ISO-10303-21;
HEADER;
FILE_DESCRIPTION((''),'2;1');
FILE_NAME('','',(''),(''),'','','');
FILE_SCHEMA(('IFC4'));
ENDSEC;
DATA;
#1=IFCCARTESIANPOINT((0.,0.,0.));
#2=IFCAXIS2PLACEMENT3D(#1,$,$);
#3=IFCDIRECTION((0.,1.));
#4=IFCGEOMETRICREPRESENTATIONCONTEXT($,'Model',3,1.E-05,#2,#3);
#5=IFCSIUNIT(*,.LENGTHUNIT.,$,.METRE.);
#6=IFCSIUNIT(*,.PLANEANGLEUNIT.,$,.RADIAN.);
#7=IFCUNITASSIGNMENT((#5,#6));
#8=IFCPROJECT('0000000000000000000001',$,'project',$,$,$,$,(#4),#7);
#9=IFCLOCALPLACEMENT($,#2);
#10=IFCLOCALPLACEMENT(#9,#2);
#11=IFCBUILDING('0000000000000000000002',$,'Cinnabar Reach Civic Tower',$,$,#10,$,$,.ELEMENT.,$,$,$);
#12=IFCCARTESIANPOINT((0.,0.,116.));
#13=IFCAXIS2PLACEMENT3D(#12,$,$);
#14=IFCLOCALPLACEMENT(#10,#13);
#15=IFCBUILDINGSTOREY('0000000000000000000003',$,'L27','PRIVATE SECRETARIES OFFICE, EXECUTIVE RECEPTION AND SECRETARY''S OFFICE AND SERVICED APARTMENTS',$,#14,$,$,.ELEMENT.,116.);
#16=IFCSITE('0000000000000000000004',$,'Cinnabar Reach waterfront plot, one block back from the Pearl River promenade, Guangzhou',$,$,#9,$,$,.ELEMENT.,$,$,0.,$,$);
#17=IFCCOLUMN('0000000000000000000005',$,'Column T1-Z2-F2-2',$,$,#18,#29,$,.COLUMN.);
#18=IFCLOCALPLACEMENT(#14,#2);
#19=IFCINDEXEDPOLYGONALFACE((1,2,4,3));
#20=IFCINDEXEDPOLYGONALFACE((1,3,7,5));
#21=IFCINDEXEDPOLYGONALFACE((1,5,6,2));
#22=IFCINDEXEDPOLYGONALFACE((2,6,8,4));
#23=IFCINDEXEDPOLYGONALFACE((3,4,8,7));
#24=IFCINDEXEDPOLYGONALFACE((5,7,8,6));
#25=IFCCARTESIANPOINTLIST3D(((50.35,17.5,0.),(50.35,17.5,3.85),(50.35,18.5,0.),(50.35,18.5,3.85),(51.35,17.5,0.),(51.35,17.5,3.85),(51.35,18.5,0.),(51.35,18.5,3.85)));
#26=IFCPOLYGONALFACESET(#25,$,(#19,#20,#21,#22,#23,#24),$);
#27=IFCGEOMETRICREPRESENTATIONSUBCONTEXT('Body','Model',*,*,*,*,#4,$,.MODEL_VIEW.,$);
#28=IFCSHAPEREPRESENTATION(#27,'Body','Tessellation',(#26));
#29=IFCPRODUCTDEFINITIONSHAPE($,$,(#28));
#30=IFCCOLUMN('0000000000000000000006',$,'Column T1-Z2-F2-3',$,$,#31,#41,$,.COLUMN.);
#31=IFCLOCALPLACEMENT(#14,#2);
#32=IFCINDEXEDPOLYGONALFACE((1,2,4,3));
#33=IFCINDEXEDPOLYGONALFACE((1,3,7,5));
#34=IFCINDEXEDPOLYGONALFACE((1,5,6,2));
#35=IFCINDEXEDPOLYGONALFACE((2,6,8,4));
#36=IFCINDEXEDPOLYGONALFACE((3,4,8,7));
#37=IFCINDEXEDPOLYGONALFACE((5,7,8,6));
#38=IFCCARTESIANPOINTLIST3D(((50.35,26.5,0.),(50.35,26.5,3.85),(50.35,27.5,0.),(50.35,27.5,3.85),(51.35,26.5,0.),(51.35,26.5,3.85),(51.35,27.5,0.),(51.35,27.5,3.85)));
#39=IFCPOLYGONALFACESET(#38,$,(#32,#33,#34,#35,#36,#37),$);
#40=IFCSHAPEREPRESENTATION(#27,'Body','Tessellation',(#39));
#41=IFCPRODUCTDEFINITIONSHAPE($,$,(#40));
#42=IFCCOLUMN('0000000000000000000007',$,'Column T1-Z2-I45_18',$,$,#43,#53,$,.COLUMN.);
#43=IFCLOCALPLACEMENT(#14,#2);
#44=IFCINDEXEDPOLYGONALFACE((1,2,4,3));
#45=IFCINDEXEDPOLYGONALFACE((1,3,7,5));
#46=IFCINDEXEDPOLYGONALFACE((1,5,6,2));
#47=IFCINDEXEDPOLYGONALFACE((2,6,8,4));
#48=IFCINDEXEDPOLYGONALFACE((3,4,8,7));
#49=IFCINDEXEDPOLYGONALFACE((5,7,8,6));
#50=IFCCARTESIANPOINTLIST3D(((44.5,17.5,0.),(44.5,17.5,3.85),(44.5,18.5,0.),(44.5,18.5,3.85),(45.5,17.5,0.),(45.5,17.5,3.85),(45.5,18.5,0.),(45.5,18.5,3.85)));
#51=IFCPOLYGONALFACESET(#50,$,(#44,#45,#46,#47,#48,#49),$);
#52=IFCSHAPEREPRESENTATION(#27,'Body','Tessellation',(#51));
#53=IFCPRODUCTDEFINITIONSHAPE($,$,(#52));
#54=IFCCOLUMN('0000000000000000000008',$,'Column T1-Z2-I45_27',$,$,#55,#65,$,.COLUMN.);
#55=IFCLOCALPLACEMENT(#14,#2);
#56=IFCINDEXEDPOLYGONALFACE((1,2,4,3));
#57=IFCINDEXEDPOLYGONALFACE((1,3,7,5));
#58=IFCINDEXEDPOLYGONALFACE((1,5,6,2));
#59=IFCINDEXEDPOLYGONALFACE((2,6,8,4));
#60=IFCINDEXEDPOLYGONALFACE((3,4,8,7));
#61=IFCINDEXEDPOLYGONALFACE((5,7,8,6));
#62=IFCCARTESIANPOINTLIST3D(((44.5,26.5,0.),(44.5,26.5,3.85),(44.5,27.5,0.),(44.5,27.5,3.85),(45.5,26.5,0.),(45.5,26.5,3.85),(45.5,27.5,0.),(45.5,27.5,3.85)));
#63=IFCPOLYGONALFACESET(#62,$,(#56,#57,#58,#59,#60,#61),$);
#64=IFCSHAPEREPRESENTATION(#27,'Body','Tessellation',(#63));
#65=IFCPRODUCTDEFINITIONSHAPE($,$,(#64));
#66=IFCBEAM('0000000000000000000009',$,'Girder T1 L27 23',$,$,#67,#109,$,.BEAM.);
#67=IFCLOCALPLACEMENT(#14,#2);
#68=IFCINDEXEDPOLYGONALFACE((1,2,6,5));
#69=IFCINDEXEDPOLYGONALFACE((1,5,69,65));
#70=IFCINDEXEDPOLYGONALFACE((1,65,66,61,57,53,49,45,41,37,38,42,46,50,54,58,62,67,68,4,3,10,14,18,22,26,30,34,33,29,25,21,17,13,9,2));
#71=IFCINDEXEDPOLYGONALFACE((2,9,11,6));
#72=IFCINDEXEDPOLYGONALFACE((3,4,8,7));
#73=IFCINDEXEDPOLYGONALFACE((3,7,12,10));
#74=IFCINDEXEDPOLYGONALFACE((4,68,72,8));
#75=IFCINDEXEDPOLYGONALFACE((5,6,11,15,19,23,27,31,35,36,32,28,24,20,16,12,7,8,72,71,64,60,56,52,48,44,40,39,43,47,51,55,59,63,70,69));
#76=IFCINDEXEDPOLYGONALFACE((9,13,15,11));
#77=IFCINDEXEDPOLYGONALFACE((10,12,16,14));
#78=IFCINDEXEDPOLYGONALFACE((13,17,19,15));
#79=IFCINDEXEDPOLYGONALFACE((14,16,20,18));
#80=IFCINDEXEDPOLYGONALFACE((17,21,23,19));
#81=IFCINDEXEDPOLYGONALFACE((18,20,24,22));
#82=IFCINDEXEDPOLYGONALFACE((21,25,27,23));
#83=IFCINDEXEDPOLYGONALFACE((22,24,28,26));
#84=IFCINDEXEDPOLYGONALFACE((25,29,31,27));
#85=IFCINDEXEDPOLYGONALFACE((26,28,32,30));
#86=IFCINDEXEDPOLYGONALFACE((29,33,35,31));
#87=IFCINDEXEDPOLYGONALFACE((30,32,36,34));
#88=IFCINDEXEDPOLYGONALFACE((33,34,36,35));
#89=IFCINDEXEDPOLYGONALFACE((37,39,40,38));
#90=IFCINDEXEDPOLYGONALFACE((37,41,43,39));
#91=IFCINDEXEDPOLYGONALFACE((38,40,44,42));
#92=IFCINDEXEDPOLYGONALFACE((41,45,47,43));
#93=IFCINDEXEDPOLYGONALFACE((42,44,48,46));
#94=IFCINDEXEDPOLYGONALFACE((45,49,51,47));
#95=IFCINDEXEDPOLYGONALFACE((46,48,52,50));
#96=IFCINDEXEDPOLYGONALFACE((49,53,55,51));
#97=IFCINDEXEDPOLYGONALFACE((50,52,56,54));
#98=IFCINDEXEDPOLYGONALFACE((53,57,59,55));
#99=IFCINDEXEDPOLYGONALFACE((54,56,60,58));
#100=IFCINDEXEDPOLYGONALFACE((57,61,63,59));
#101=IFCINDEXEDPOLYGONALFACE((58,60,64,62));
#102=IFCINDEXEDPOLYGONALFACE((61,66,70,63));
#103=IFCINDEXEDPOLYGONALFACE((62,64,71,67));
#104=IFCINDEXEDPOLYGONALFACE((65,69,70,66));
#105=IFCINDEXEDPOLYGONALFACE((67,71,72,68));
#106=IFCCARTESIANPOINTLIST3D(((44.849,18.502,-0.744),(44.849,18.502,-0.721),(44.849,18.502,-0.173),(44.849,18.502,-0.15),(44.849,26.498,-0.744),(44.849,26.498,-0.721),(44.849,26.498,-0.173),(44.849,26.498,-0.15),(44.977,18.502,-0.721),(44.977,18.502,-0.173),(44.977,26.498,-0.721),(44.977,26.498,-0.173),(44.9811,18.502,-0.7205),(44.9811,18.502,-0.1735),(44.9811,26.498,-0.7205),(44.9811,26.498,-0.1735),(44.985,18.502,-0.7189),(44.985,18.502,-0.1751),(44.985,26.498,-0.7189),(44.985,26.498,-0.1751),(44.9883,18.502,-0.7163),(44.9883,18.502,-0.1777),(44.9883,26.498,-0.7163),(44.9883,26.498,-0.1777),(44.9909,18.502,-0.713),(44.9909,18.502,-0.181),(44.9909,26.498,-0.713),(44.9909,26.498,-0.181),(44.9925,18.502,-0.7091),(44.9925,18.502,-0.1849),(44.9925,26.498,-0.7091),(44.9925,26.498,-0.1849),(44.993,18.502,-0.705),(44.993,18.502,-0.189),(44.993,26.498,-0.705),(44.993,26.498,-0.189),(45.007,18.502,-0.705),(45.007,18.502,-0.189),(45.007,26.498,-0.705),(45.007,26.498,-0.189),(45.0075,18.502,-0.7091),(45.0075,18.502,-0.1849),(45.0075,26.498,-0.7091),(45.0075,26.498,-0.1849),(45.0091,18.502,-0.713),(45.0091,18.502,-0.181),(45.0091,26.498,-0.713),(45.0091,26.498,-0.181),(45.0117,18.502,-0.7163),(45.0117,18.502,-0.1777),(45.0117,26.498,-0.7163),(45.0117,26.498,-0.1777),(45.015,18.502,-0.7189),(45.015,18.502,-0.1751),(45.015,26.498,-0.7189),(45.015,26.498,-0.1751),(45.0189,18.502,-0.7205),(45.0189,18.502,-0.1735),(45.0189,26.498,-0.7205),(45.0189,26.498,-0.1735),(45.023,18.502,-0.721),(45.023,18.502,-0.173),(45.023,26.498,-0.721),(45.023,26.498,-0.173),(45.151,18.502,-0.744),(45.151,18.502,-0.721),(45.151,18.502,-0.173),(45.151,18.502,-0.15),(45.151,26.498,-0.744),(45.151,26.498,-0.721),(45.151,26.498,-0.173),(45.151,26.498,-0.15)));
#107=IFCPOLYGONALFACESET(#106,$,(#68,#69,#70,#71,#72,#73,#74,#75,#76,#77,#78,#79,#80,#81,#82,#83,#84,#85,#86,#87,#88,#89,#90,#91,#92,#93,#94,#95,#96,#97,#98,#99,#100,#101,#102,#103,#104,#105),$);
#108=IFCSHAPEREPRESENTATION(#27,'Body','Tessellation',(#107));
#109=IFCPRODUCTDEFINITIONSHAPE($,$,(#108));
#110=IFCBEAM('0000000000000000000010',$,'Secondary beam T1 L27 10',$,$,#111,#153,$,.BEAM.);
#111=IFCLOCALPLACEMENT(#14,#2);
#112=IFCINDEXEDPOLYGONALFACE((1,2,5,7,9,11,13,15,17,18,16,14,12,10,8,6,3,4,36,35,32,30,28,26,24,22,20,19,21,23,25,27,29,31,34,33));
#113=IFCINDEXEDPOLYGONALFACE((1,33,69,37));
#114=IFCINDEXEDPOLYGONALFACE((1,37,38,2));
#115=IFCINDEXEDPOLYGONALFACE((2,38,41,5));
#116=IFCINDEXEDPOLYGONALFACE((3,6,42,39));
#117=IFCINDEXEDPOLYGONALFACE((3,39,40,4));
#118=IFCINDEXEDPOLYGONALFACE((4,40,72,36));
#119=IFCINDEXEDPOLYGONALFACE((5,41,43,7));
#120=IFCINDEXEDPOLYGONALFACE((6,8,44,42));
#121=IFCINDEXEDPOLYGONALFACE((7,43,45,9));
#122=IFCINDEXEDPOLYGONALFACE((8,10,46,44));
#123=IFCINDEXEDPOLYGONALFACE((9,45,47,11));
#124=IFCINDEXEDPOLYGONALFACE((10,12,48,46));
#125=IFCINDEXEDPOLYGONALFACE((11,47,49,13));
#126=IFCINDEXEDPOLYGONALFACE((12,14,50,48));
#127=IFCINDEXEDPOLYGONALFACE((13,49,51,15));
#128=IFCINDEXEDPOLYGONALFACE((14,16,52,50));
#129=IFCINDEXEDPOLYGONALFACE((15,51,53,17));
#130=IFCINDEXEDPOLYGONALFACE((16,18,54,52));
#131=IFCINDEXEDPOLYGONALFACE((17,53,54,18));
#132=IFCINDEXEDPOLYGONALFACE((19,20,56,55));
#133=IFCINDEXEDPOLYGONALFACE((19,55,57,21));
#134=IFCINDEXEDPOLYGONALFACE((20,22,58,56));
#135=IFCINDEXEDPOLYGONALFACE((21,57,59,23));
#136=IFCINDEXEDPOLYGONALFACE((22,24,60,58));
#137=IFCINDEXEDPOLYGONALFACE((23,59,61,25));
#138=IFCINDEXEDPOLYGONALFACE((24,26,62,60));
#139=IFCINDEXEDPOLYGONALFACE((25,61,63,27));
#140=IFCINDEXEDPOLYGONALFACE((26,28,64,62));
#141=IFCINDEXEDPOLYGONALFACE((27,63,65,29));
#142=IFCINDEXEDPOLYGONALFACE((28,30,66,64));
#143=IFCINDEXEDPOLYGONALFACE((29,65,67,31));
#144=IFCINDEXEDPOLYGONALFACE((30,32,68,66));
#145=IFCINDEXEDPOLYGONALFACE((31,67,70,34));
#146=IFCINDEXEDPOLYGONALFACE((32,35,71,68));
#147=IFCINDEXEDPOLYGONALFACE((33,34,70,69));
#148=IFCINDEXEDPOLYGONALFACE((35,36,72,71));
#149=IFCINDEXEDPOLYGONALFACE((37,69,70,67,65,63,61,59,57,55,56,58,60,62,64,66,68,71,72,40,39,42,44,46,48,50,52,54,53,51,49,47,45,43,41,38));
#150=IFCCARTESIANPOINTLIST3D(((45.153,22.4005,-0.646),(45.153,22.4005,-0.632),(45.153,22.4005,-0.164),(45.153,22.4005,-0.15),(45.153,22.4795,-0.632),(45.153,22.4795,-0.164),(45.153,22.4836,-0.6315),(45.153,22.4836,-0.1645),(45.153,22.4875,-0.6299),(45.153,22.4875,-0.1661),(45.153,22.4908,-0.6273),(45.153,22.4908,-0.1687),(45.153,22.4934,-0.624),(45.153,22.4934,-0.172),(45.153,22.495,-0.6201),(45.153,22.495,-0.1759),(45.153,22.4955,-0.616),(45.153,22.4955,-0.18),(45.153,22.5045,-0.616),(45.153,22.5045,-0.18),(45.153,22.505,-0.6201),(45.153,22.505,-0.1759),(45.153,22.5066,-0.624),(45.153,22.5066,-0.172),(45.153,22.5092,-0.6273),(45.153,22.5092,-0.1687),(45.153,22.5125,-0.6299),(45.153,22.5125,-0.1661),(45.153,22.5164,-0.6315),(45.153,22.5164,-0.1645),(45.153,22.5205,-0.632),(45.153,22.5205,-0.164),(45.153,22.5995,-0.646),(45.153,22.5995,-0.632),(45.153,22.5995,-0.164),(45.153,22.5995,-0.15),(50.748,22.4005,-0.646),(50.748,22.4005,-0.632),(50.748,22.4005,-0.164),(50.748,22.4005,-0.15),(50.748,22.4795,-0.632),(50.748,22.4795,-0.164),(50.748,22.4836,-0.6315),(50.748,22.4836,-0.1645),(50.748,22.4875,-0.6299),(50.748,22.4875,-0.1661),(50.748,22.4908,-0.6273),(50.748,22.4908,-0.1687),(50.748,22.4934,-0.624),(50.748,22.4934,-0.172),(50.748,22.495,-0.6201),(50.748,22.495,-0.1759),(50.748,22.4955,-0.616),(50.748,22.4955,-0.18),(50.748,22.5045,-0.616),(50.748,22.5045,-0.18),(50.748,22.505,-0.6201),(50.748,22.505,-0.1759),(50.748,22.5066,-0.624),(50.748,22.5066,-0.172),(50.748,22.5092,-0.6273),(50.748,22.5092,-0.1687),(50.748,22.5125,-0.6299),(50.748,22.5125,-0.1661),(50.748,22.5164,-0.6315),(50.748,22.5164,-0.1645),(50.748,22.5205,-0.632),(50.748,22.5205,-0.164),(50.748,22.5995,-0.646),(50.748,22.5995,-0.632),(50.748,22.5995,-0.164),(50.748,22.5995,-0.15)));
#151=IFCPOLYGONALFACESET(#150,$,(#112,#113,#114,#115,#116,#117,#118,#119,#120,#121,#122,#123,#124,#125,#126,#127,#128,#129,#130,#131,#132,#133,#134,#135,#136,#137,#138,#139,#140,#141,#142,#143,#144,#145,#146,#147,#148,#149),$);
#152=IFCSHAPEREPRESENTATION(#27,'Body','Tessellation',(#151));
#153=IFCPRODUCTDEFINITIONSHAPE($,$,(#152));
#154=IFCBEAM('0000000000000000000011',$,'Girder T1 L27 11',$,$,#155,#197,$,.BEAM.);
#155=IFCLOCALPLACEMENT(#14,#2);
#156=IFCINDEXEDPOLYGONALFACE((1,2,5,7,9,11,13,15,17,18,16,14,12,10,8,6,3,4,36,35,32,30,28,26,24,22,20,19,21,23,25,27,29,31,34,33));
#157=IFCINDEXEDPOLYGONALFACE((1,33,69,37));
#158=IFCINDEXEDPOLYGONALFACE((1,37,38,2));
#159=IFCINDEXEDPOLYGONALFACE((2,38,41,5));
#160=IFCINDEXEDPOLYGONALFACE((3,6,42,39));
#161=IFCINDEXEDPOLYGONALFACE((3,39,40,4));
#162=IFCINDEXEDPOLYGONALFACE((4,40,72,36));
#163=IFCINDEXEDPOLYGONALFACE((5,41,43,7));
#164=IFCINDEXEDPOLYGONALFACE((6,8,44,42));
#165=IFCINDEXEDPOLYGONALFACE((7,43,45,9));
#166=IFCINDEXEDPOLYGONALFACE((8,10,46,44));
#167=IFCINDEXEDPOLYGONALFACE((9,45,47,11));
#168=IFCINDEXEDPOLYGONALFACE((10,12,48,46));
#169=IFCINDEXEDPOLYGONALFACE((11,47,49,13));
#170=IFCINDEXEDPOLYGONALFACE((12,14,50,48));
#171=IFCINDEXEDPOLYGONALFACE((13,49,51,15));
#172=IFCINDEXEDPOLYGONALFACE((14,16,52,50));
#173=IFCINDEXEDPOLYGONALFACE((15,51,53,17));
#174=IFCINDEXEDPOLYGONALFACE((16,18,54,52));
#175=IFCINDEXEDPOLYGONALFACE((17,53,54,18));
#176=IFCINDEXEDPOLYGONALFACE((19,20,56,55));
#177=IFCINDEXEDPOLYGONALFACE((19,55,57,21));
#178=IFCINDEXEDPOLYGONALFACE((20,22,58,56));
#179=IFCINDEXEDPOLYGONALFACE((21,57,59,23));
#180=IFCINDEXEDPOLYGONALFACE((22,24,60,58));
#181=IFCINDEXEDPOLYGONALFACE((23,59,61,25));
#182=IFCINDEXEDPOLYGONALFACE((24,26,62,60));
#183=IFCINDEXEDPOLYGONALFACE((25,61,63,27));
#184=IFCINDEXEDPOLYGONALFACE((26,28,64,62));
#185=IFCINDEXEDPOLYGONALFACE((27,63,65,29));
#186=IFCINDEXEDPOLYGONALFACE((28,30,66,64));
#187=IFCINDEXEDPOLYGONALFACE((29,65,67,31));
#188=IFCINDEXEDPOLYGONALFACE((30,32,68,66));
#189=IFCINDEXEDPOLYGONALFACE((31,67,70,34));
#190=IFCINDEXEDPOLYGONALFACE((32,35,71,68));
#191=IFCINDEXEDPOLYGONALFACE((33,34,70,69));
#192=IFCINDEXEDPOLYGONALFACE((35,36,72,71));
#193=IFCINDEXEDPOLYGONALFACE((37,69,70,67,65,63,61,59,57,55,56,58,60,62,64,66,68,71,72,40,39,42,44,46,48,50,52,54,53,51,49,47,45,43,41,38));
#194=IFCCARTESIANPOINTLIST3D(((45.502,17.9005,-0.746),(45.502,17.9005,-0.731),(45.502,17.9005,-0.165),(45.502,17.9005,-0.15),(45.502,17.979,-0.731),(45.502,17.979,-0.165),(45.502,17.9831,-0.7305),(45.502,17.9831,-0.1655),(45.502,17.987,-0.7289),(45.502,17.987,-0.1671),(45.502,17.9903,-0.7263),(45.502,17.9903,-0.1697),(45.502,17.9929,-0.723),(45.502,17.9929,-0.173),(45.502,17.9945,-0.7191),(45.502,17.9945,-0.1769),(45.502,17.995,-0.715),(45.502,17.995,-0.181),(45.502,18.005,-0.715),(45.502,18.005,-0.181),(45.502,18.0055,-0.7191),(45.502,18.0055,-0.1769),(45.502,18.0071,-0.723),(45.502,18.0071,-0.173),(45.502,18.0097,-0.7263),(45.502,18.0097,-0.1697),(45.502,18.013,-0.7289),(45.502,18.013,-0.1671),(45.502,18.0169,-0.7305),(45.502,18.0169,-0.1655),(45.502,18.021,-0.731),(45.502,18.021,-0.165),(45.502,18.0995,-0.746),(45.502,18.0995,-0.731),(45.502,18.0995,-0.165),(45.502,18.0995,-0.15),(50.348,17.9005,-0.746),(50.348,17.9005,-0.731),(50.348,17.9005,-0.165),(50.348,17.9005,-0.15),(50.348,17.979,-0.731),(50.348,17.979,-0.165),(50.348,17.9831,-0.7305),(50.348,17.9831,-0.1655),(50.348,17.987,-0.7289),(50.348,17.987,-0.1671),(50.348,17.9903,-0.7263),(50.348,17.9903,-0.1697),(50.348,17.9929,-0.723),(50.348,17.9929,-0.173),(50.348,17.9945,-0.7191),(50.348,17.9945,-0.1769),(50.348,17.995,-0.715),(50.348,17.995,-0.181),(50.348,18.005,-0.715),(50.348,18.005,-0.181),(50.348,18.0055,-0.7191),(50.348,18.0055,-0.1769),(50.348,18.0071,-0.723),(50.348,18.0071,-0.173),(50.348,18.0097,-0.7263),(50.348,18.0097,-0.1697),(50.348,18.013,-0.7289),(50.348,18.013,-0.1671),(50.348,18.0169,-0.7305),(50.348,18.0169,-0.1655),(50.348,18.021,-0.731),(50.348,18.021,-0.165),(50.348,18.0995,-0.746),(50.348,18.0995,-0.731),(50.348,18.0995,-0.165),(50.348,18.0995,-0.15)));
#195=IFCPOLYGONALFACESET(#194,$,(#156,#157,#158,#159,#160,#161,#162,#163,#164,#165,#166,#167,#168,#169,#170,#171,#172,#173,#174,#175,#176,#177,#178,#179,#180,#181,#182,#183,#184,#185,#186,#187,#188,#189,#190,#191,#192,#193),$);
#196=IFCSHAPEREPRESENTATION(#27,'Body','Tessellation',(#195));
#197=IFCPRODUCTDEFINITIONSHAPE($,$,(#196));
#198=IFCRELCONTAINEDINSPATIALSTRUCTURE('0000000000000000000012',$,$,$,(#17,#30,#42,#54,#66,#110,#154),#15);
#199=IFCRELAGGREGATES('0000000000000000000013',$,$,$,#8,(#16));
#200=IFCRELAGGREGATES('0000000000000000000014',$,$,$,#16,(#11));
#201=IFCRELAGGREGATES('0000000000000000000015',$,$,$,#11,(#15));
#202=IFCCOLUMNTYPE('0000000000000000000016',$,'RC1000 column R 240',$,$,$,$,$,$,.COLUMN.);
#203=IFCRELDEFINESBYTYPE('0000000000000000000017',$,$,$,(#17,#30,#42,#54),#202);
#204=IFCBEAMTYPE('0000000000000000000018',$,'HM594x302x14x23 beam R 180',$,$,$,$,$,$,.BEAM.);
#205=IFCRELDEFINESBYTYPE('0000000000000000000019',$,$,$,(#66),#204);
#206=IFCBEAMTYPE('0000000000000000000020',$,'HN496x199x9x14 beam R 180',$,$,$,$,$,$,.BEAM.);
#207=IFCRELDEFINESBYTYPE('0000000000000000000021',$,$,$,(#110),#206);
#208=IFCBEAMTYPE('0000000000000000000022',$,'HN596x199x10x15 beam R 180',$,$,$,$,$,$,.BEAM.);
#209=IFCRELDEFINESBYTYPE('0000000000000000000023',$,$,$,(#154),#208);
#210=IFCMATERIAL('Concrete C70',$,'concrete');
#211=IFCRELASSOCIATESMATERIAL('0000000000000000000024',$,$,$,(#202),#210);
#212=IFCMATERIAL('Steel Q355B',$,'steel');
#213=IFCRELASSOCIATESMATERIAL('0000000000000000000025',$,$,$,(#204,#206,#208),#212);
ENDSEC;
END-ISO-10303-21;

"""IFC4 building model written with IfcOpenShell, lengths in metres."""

from ifc_helpers import new_model, si_unit, direction, frame, origin, origin_2d, place, context, subcontext, project, spatial, rectangle, i_section, extrude, material, material_profile, profile_set, type_object, element, save


model = new_model("IFC4")

# Units and contexts
model_context = context("Model", 3, precision=1e-05, world=origin(), true_north=direction((0.0, 1.0)))
body_context = subcontext(model_context, "Body", "Model", "MODEL_VIEW")
ifc_project = project(units=[si_unit("LENGTHUNIT", "METRE"), si_unit("PLANEANGLEUNIT", "RADIAN")], contexts=[model_context])

# Site, building, storey
site_placement = place(None, origin())
site = spatial("IfcSite", under=ifc_project, at=site_placement, Name="Cinnabar Reach waterfront plot, one block back from the Pearl River promenade, Guangzhou", CompositionType="ELEMENT", RefElevation=0.0)
building_placement = place(site_placement, origin())
building = spatial("IfcBuilding", under=site, at=building_placement, Name="Cinnabar Reach Civic Tower", CompositionType="ELEMENT")
storey_placement = place(building_placement, frame((0.0, 0.0, 116.0)))
storey = spatial("IfcBuildingStorey", under=building, at=storey_placement, Name="L27", Description="PRIVATE SECRETARIES OFFICE, EXECUTIVE RECEPTION AND SECRETARY'S OFFICE AND SERVICED APARTMENTS", CompositionType="ELEMENT", Elevation=116.0)

# Columns
ifc_material_1 = material(Name="Concrete C70", Category="concrete")
ifc_material_profile_1 = material_profile(ifc_material_1, rectangle(XDim=1.0, YDim=1.0, at=origin_2d()), Name="RC1000")
ifc_profile_set_1 = profile_set([ifc_material_profile_1], Name="Concrete C70")
column_type = type_object("IfcColumnType", Name="RC1000 column R 240", PredefinedType="COLUMN", material=ifc_profile_set_1)
for number, where, z_axis, x_axis, name in (
    (1, (50.85, 18.0, 0.0), (0.0, 0.0, 1.0), (1.0, 0.0, 0.0), "Column T1-Z2-F2-2"),
    (2, (50.85, 27.0, 0.0), (0.0, 0.0, 1.0), (1.0, 0.0, 0.0), "Column T1-Z2-F2-3"),
    (3, (45.0, 18.0, 0.0), (0.0, 0.0, 1.0), (1.0, 0.0, 0.0), "Column T1-Z2-I45_18"),
    (4, (45.0, 27.0, 0.0), (0.0, 0.0, 1.0), (1.0, 0.0, 0.0), "Column T1-Z2-I45_27"),
):
    element("IfcColumn", number, at=place(storey_placement, frame(where, z_axis=z_axis, x_axis=x_axis)), inside=storey, type_object=column_type, Name=name, PredefinedType="COLUMN", context=body_context, shape_type="SweptSolid", body=[
        extrude(rectangle(XDim=1.0, YDim=1.0, at=origin_2d()), origin(), (0.0, 0.0, 1.0), 3.85),
    ])

# Beams
ifc_material_2 = material(Name="Steel Q355B", Category="steel")
ifc_material_profile_2 = material_profile(ifc_material_2, i_section(OverallWidth=0.302, OverallDepth=0.594, WebThickness=0.014, FlangeThickness=0.023, FilletRadius=0.016, at=origin_2d()), Name="HM594x302x14x23")
ifc_profile_set_2 = profile_set([ifc_material_profile_2], Name="Steel Q355B")
beam_type_1 = type_object("IfcBeamType", Name="HM594x302x14x23 beam R 180", PredefinedType="BEAM", material=ifc_profile_set_2)
beam_1_placement = place(storey_placement, frame((45.0, 18.502, -0.447), z_axis=(0.0, 1.0, 0.0), x_axis=(-1.0, 0.0, 0.0)))
element("IfcBeam", 5, at=beam_1_placement, inside=storey, type_object=beam_type_1, Name="Girder T1 L27 23", PredefinedType="BEAM", context=body_context, shape_type="SweptSolid", body=[
    extrude(i_section(OverallWidth=0.302, OverallDepth=0.594, WebThickness=0.014, FlangeThickness=0.023, FilletRadius=0.016, at=origin_2d()), origin(), (0.0, 0.0, 1.0), 7.996),
])
ifc_material_profile_3 = material_profile(ifc_material_2, i_section(OverallWidth=0.199, OverallDepth=0.496, WebThickness=0.009, FlangeThickness=0.014, FilletRadius=0.016, at=origin_2d()), Name="HN496x199x9x14")
ifc_profile_set_3 = profile_set([ifc_material_profile_3], Name="Steel Q355B")
beam_type_2 = type_object("IfcBeamType", Name="HN496x199x9x14 beam R 180", PredefinedType="BEAM", material=ifc_profile_set_3)
beam_2_placement = place(storey_placement, frame((45.153, 22.5, -0.398), z_axis=(1.0, 0.0, 0.0), x_axis=(0.0, 1.0, 0.0)))
element("IfcBeam", 6, at=beam_2_placement, inside=storey, type_object=beam_type_2, Name="Secondary beam T1 L27 10", PredefinedType="BEAM", context=body_context, shape_type="SweptSolid", body=[
    extrude(i_section(OverallWidth=0.199, OverallDepth=0.496, WebThickness=0.009, FlangeThickness=0.014, FilletRadius=0.016, at=origin_2d()), origin(), (0.0, 0.0, 1.0), 5.595),
])
ifc_material_profile_4 = material_profile(ifc_material_2, i_section(OverallWidth=0.199, OverallDepth=0.596, WebThickness=0.01, FlangeThickness=0.015, FilletRadius=0.016, at=origin_2d()), Name="HN596x199x10x15")
ifc_profile_set_4 = profile_set([ifc_material_profile_4], Name="Steel Q355B")
beam_type_3 = type_object("IfcBeamType", Name="HN596x199x10x15 beam R 180", PredefinedType="BEAM", material=ifc_profile_set_4)
for number, where, z_axis, x_axis, name in (
    (7, (45.502, 18.0, -0.448), (1.0, 0.0, 0.0), (0.0, 1.0, 0.0), "Girder T1 L27 11"),
):
    element("IfcBeam", number, at=place(storey_placement, frame(where, z_axis=z_axis, x_axis=x_axis)), inside=storey, type_object=beam_type_3, Name=name, PredefinedType="BEAM", context=body_context, shape_type="SweptSolid", body=[
        extrude(i_section(OverallWidth=0.199, OverallDepth=0.596, WebThickness=0.01, FlangeThickness=0.015, FilletRadius=0.016, at=origin_2d()), origin(), (0.0, 0.0, 1.0), 4.846),
    ])

save(model, "model.ifc")
